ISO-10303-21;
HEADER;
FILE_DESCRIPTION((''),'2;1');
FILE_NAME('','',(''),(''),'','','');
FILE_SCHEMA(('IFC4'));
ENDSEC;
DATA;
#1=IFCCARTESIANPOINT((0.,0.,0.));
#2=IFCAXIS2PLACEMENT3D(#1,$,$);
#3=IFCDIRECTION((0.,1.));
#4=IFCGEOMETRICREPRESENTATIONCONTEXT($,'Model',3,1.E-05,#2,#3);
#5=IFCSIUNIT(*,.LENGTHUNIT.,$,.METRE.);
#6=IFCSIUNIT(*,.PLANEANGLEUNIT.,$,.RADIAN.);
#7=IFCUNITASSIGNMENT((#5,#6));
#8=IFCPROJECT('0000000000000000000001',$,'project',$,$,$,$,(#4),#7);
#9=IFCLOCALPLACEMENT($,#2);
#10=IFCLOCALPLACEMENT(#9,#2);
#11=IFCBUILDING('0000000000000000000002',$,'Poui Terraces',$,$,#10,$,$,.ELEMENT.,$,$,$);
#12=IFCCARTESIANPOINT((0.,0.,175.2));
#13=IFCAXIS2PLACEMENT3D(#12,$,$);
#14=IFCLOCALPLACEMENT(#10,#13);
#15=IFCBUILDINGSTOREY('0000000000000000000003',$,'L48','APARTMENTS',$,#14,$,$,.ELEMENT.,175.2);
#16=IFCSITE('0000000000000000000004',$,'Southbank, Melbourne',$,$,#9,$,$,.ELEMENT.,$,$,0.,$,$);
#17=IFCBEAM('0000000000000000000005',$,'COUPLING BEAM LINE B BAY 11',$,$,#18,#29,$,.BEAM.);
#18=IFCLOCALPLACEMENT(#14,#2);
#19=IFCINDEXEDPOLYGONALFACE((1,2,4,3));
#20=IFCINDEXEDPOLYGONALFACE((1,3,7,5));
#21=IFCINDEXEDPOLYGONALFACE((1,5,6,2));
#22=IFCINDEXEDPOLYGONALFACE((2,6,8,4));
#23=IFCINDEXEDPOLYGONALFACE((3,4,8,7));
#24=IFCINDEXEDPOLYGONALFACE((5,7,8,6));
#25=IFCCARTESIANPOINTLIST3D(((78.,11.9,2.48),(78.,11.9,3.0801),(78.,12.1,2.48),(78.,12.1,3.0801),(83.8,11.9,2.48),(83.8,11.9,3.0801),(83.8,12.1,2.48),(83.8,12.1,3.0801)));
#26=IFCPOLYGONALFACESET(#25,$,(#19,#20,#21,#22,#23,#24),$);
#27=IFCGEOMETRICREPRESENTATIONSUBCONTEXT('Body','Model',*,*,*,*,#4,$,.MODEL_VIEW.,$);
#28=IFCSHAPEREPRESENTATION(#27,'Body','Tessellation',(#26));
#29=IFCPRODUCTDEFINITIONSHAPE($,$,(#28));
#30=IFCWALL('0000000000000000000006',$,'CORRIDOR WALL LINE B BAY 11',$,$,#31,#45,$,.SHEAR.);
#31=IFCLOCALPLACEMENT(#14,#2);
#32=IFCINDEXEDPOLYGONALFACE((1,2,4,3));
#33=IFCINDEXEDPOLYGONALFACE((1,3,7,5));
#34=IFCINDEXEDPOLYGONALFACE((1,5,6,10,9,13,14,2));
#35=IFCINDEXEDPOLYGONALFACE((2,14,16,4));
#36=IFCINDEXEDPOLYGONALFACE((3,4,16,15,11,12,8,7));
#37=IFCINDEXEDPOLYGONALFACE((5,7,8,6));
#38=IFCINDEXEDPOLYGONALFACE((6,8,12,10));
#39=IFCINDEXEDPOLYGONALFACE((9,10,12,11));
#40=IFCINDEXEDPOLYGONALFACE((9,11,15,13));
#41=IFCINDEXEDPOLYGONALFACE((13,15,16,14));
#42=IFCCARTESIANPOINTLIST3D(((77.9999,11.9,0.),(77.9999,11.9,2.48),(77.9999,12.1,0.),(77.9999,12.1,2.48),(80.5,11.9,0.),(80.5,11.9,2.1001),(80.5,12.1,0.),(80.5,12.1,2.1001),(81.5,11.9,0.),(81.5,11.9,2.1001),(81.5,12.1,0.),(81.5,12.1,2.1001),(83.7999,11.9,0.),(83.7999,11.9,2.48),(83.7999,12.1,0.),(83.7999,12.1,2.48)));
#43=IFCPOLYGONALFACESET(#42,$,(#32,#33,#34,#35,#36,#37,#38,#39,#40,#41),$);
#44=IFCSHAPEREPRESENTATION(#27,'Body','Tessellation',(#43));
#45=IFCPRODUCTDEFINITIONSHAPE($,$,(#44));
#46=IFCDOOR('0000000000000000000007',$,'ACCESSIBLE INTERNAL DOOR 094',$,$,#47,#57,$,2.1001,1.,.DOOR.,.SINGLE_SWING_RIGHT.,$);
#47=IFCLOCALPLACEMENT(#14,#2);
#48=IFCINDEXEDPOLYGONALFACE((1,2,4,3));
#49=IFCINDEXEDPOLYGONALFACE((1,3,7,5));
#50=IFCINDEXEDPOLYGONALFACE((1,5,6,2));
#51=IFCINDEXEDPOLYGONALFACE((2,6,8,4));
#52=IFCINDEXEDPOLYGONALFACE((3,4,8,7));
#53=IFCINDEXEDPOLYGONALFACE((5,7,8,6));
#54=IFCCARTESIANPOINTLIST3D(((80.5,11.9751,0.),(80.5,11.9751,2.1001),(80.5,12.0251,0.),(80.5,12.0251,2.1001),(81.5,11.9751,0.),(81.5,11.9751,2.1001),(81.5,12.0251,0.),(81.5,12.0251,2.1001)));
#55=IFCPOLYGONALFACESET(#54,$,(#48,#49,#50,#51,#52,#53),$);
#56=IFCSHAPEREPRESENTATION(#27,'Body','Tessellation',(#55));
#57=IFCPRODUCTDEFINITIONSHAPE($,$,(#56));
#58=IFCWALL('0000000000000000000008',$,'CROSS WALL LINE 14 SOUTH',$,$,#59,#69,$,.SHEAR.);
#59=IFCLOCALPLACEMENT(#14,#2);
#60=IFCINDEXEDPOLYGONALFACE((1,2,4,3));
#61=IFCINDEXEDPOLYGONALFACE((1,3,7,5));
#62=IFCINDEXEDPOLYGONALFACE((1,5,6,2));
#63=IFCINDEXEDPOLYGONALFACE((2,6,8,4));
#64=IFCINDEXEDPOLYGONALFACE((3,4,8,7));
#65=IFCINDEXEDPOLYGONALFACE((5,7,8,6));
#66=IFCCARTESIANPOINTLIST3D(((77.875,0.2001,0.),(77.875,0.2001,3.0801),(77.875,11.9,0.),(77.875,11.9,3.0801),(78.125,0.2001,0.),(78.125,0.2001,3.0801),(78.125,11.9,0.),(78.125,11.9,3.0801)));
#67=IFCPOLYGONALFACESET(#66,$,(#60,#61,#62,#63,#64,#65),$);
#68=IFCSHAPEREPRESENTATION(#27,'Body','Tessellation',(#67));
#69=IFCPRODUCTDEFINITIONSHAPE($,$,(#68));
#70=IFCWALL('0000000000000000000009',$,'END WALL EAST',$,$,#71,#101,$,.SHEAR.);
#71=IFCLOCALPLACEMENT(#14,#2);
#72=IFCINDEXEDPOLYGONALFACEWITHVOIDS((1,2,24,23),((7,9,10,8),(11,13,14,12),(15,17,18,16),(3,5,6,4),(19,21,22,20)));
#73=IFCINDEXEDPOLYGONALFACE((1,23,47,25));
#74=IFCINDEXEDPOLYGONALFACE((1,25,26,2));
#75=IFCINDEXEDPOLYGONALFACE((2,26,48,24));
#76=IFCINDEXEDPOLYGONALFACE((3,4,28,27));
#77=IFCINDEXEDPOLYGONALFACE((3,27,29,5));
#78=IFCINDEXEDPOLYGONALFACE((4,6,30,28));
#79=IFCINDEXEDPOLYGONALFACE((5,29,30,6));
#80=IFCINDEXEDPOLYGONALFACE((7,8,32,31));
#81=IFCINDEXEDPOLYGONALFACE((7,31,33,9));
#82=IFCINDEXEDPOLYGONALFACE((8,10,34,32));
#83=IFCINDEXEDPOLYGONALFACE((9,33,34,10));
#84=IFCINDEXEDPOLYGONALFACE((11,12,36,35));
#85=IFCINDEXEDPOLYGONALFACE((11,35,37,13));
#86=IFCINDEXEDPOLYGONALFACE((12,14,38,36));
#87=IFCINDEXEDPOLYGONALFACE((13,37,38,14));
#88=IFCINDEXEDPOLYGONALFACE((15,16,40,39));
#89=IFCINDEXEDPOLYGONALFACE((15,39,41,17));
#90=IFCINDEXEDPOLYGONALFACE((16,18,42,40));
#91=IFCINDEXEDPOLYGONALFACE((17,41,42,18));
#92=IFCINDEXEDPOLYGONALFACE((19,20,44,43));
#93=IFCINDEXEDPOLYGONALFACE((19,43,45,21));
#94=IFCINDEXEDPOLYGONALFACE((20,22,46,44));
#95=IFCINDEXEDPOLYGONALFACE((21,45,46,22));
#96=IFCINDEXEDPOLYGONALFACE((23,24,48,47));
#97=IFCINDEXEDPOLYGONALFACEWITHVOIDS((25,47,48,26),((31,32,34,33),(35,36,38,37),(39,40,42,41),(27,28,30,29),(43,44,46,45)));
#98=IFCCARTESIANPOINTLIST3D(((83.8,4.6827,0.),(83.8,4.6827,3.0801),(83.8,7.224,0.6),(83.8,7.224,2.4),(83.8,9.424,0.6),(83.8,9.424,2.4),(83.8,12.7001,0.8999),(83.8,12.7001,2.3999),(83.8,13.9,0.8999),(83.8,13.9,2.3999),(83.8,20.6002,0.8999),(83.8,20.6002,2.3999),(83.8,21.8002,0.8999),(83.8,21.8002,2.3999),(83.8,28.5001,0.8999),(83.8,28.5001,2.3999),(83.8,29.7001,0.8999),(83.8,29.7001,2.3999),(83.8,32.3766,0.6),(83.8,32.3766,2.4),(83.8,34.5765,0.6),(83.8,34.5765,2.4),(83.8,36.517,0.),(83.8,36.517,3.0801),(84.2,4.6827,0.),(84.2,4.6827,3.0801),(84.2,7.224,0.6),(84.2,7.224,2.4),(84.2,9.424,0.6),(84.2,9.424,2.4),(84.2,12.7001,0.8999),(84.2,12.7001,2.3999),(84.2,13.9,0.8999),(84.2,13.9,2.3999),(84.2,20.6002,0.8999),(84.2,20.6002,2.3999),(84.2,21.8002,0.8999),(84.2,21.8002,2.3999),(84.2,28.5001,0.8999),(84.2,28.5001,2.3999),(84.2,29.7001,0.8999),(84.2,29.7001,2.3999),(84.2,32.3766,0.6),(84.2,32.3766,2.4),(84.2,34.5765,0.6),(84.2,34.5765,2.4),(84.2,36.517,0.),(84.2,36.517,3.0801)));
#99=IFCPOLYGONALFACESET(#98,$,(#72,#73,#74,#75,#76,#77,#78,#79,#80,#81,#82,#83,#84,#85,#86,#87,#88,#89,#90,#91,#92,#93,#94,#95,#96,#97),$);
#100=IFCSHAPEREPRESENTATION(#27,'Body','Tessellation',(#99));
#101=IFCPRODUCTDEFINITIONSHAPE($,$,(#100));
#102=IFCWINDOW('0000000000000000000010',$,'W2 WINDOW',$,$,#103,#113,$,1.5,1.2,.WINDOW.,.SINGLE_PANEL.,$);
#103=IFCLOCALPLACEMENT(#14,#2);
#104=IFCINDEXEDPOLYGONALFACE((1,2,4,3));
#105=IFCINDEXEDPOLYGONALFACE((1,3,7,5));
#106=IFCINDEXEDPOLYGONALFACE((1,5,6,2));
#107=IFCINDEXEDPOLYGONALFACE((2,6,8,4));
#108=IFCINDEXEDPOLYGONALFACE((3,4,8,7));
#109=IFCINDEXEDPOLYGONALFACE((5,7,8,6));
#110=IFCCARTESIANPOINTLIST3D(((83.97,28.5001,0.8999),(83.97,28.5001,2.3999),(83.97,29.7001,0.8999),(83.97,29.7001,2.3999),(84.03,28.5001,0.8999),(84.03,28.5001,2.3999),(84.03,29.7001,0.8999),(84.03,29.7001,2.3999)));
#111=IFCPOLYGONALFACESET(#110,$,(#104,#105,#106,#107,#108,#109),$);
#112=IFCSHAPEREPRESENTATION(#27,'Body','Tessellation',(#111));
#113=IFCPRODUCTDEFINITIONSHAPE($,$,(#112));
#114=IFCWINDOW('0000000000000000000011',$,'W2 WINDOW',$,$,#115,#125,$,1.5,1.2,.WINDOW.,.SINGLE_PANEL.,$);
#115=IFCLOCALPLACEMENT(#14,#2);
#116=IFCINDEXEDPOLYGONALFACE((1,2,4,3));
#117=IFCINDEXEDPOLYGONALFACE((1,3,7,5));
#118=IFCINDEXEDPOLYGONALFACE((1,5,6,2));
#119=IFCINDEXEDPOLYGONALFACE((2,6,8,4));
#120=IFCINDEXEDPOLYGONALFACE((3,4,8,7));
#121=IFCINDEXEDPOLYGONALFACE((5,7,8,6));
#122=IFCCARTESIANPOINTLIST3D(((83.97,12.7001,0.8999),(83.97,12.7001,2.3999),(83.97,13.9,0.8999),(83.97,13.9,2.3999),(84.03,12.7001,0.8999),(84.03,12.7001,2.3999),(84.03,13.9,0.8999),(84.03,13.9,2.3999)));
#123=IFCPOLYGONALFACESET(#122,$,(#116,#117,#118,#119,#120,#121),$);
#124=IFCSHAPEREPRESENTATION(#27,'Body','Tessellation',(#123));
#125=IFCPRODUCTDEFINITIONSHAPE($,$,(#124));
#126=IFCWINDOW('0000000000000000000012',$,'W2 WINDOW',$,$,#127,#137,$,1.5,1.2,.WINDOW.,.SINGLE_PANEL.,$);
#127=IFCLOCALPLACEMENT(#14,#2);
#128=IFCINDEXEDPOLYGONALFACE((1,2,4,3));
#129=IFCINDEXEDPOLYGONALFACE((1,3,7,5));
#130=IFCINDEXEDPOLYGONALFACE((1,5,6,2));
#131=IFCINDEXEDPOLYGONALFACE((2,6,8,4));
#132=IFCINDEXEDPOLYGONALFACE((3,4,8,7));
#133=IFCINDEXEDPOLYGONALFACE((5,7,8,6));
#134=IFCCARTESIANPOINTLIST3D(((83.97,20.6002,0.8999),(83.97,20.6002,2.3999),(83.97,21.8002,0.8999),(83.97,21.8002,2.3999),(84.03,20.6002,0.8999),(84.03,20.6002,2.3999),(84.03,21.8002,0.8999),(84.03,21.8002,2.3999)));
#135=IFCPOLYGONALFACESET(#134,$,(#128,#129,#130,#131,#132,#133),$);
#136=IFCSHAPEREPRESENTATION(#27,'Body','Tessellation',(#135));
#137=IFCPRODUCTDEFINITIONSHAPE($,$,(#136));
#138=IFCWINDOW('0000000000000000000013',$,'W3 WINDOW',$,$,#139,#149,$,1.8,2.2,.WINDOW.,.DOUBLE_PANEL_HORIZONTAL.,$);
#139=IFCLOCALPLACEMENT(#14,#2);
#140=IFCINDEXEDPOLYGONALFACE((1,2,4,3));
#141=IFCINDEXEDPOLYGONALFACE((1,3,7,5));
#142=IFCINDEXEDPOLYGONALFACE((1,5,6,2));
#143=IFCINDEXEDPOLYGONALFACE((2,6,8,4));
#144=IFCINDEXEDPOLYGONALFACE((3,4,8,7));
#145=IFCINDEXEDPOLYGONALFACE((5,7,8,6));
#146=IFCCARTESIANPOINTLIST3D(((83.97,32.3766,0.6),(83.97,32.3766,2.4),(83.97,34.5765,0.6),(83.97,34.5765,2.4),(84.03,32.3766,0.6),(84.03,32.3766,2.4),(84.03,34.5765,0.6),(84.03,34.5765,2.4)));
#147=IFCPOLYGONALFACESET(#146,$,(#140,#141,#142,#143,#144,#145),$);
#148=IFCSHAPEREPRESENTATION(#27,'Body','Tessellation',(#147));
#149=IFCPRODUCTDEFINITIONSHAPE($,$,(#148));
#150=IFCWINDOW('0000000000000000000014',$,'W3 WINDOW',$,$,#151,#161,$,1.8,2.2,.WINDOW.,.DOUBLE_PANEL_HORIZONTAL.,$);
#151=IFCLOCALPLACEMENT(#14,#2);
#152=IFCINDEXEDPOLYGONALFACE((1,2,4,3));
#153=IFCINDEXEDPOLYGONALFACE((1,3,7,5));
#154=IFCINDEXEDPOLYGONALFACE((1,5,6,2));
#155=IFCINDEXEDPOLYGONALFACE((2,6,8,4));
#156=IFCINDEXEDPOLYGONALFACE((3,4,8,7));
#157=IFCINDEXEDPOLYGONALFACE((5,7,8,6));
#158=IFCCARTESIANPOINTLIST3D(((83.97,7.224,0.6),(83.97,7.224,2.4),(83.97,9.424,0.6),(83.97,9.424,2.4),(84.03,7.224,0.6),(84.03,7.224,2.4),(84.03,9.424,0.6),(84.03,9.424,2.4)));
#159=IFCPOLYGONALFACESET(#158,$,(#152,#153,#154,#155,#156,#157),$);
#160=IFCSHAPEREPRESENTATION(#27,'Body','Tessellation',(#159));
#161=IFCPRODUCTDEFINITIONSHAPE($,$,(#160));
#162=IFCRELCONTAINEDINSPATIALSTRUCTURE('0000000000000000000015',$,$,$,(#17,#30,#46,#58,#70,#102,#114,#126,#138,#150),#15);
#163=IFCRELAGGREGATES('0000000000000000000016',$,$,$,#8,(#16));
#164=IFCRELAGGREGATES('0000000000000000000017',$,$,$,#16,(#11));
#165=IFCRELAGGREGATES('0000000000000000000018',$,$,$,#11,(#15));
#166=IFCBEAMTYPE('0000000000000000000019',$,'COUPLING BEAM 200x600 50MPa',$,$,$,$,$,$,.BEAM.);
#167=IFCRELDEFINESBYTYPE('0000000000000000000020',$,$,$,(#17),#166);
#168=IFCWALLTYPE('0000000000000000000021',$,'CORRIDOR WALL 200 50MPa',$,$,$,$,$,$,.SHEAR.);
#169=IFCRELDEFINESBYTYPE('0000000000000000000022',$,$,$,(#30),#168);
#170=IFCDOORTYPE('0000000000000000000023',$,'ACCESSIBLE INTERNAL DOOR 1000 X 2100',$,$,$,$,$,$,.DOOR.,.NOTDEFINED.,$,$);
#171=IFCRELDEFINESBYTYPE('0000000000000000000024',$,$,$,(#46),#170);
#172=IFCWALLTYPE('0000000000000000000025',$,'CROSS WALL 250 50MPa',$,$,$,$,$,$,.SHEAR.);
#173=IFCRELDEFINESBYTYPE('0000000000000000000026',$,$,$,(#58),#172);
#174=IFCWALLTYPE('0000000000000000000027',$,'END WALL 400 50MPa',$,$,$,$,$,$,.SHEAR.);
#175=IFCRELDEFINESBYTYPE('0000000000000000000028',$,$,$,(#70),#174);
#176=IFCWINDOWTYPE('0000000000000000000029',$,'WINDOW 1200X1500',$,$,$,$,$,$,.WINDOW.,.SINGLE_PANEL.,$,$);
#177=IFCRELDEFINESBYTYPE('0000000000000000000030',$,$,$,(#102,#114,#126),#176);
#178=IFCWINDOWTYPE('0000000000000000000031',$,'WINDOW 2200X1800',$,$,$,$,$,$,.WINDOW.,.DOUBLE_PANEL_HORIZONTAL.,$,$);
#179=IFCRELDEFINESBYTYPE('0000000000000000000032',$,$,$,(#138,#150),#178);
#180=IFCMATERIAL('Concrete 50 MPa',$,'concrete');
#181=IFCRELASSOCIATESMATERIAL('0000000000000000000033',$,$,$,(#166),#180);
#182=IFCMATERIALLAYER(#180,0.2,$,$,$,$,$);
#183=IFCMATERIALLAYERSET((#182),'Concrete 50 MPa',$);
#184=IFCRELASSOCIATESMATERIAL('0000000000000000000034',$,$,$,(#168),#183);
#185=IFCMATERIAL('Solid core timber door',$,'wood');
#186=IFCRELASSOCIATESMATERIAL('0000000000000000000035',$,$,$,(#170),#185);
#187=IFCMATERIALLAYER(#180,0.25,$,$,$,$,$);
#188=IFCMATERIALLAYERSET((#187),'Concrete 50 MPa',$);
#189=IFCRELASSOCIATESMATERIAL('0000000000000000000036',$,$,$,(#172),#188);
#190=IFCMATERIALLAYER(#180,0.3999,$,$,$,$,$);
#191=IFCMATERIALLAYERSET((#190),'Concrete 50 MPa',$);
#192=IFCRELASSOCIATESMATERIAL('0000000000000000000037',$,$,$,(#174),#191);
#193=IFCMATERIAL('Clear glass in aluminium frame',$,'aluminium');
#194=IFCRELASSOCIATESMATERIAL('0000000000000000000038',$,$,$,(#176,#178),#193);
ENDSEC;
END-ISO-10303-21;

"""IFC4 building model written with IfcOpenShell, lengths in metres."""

from ifc_helpers import new_model, si_unit, direction, frame, frame_2d, origin, origin_2d, place, context, subcontext, project, spatial, rectangle, extrude, source, transform, mapped, material, layer, layer_set, material_profile, profile_set, type_object, element, fill, save


model = new_model("IFC4")

# Units and contexts
model_context = context("Model", 3, precision=1e-05, world=origin(), true_north=direction((0.0, 1.0)))
body_context = subcontext(model_context, "Body", "Model", "MODEL_VIEW")
ifc_project = project(units=[si_unit("LENGTHUNIT", "METRE"), si_unit("PLANEANGLEUNIT", "RADIAN")], contexts=[model_context])

# Site, building, storey
site_placement = place(None, origin())
site = spatial("IfcSite", under=ifc_project, at=site_placement, Name="Southbank, Melbourne", CompositionType="ELEMENT", RefElevation=0.0)
building_placement = place(site_placement, origin())
building = spatial("IfcBuilding", under=site, at=building_placement, Name="Poui Terraces", CompositionType="ELEMENT")
storey_placement = place(building_placement, frame((0.0, 0.0, 175.2)))
storey = spatial("IfcBuildingStorey", under=building, at=storey_placement, Name="L48", Description="APARTMENTS", CompositionType="ELEMENT", Elevation=175.2)

# Beam
ifc_material_1 = material(Name="Concrete 50 MPa", Category="concrete")
ifc_material_profile_1 = material_profile(ifc_material_1, rectangle(XDim=0.2, YDim=0.6001, at=origin_2d()), Name="RC 200x600")
ifc_profile_set_1 = profile_set([ifc_material_profile_1], Name="Concrete 50 MPa")
beam_type = type_object("IfcBeamType", Name="COUPLING BEAM 200x600 50MPa", PredefinedType="BEAM", material=ifc_profile_set_1)
shared_shape_1 = source(origin(), body_context, "Body", "SweptSolid", [
    extrude(rectangle(XDim=0.2, YDim=0.6001, at=origin_2d()), origin(), (0.0, 0.0, 1.0), 5.8),
])
beam_placement = place(storey_placement, frame((78.0, 12.0, 2.78), z_axis=(1.0, 0.0, 0.0), x_axis=(0.0, 1.0, 0.0)))
element("IfcBeam", 1, at=beam_placement, inside=storey, type_object=beam_type, Name="COUPLING BEAM LINE B BAY 11", PredefinedType="BEAM", context=body_context, shape_type="MappedRepresentation", body=[
    mapped(shared_shape_1, transform((0.0, 0.0, 0.0))),
])

# Wall, opening, door
ifc_layer_1 = layer(ifc_material_1, 0.2)
ifc_layer_set_1 = layer_set([ifc_layer_1], Name="Concrete 50 MPa")
wall_type_1 = type_object("IfcWallType", Name="CORRIDOR WALL 200 50MPa", PredefinedType="SHEAR", material=ifc_layer_set_1)
wall_1_placement = place(storey_placement, frame((78.0, 12.0, 0.0), z_axis=(0.0, 0.0, 1.0), x_axis=(1.0, 0.0, 0.0)))
wall_1 = element("IfcWall", 2, at=wall_1_placement, inside=storey, type_object=wall_type_1, Name="CORRIDOR WALL LINE B BAY 11", PredefinedType="SHEAR", context=body_context, shape_type="SweptSolid", body=[
    extrude(rectangle(XDim=5.8, YDim=0.2, at=frame_2d((2.8999, 0.0))), origin(), (0.0, 0.0, 1.0), 2.48),
])
opening_1_placement = place(wall_1_placement, frame((2.5, 0.0, 0.0)))
opening_1 = element("IfcOpeningElement", 3, at=opening_1_placement, cuts=wall_1, PredefinedType="OPENING", context=body_context, shape_type="SweptSolid", body=[
    extrude(rectangle(XDim=1.0, YDim=2.1001, at=frame_2d((0.5, 1.05))), frame((0.0, 0.1099, 0.0), z_axis=(0.0, -1.0, 0.0), x_axis=(1.0, 0.0, 0.0)), (0.0, 0.0, 1.0), 0.22),
])
ifc_material_2 = material(Name="Solid core timber door", Category="wood")
door_type_1 = type_object("IfcDoorType", Name="ACCESSIBLE INTERNAL DOOR 1000 X 2100", OperationType="NOTDEFINED", PredefinedType="DOOR", material=ifc_material_2)
door_1_placement = place(opening_1_placement, frame((1.0, 0.0, 0.0), z_axis=(0.0, 0.0, 1.0), x_axis=(-1.0, 0.0, 0.0)))
door_1 = element("IfcDoor", 4, at=door_1_placement, inside=storey, type_object=door_type_1, Name="ACCESSIBLE INTERNAL DOOR 094", OperationType="SINGLE_SWING_RIGHT", OverallHeight=2.1001, OverallWidth=1.0, PredefinedType="DOOR", context=body_context, shape_type="SweptSolid", body=[
    extrude(rectangle(XDim=1.0, YDim=2.1001, at=frame_2d((0.5, 1.05))), frame((0.0, 0.0249, 0.0), z_axis=(0.0, -1.0, 0.0), x_axis=(1.0, 0.0, 0.0)), (0.0, 0.0, 1.0), 0.05),
])
fill(opening_1, door_1)

# Wall
ifc_layer_2 = layer(ifc_material_1, 0.25)
ifc_layer_set_2 = layer_set([ifc_layer_2], Name="Concrete 50 MPa")
wall_type_2 = type_object("IfcWallType", Name="CROSS WALL 250 50MPa", PredefinedType="SHEAR", material=ifc_layer_set_2)
wall_2_placement = place(storey_placement, frame((78.0, 0.2, 0.0), z_axis=(0.0, 0.0, 1.0), x_axis=(0.0, 1.0, 0.0)))
element("IfcWall", 5, at=wall_2_placement, inside=storey, type_object=wall_type_2, Name="CROSS WALL LINE 14 SOUTH", PredefinedType="SHEAR", context=body_context, shape_type="SweptSolid", body=[
    extrude(rectangle(XDim=11.7, YDim=0.25, at=frame_2d((5.8501, 0.0))), origin(), (0.0, 0.0, 1.0), 3.0801),
])

# Wall, openings, windows
ifc_layer_3 = layer(ifc_material_1, 0.3999)
ifc_layer_set_3 = layer_set([ifc_layer_3], Name="Concrete 50 MPa")
wall_type_3 = type_object("IfcWallType", Name="END WALL 400 50MPa", PredefinedType="SHEAR", material=ifc_layer_set_3)
wall_3_placement = place(storey_placement, frame((84.0, 4.6829, 0.0), z_axis=(0.0, 0.0, 1.0), x_axis=(0.0, 1.0, 0.0)))
wall_3 = element("IfcWall", 6, at=wall_3_placement, inside=storey, type_object=wall_type_3, Name="END WALL EAST", PredefinedType="SHEAR", context=body_context, shape_type="SweptSolid", body=[
    extrude(rectangle(XDim=31.8342, YDim=0.3999, at=frame_2d((15.917, 0.0))), origin(), (0.0, 0.0, 1.0), 3.0801),
])
opening_2_placement = place(wall_3_placement, frame((23.8171, 0.0, 0.8999)))
opening_2 = element("IfcOpeningElement", 7, at=opening_2_placement, cuts=wall_3, PredefinedType="OPENING", context=body_context, shape_type="SweptSolid", body=[
    extrude(rectangle(XDim=1.2, YDim=1.5, at=frame_2d((0.6001, 0.75))), frame((0.0, 0.21, 0.0), z_axis=(0.0, -1.0, 0.0), x_axis=(1.0, 0.0, 0.0)), (0.0, 0.0, 1.0), 0.4199),
])
opening_3_placement = place(wall_3_placement, frame((8.0171, 0.0, 0.8999)))
opening_3 = element("IfcOpeningElement", 8, at=opening_3_placement, cuts=wall_3, PredefinedType="OPENING", context=body_context, shape_type="SweptSolid", body=[
    extrude(rectangle(XDim=1.2, YDim=1.5, at=frame_2d((0.6001, 0.75))), frame((0.0, 0.21, 0.0), z_axis=(0.0, -1.0, 0.0), x_axis=(1.0, 0.0, 0.0)), (0.0, 0.0, 1.0), 0.4199),
])
opening_4_placement = place(wall_3_placement, frame((27.6936, 0.0, 0.6001)))
opening_4 = element("IfcOpeningElement", 9, at=opening_4_placement, cuts=wall_3, PredefinedType="OPENING", context=body_context, shape_type="SweptSolid", body=[
    extrude(rectangle(XDim=2.2, YDim=1.8, at=frame_2d((1.1001, 0.8999))), frame((0.0, 0.21, 0.0), z_axis=(0.0, -1.0, 0.0), x_axis=(1.0, 0.0, 0.0)), (0.0, 0.0, 1.0), 0.4199),
])
opening_5_placement = place(wall_3_placement, frame((2.541, 0.0, 0.6001)))
opening_5 = element("IfcOpeningElement", 10, at=opening_5_placement, cuts=wall_3, PredefinedType="OPENING", context=body_context, shape_type="SweptSolid", body=[
    extrude(rectangle(XDim=2.2, YDim=1.8, at=frame_2d((1.1001, 0.8999))), frame((0.0, 0.21, 0.0), z_axis=(0.0, -1.0, 0.0), x_axis=(1.0, 0.0, 0.0)), (0.0, 0.0, 1.0), 0.4199),
])
opening_6_placement = place(wall_3_placement, frame((15.9172, 0.0, 0.8999)))
opening_6 = element("IfcOpeningElement", 11, at=opening_6_placement, cuts=wall_3, PredefinedType="OPENING", context=body_context, shape_type="SweptSolid", body=[
    extrude(rectangle(XDim=1.2, YDim=1.5, at=frame_2d((0.6001, 0.75))), frame((0.0, 0.21, 0.0), z_axis=(0.0, -1.0, 0.0), x_axis=(1.0, 0.0, 0.0)), (0.0, 0.0, 1.0), 0.4199),
])
ifc_material_3 = material(Name="Clear glass in aluminium frame", Category="aluminium")
window_type_1 = type_object("IfcWindowType", Name="WINDOW 1200X1500", PartitioningType="SINGLE_PANEL", PredefinedType="WINDOW", material=ifc_material_3)
window_1_placement = place(opening_2_placement, origin())
window_1 = element("IfcWindow", 12, at=window_1_placement, inside=storey, type_object=window_type_1, Name="W2 WINDOW", OverallHeight=1.5, OverallWidth=1.2, PartitioningType="SINGLE_PANEL", PredefinedType="WINDOW", context=body_context, shape_type="SweptSolid", body=[
    extrude(rectangle(XDim=1.2, YDim=1.5, at=frame_2d((0.6001, 0.75))), frame((0.0, 0.03, 0.0), z_axis=(0.0, -1.0, 0.0), x_axis=(1.0, 0.0, 0.0)), (0.0, 0.0, 1.0), 0.0601),
])
fill(opening_2, window_1)
window_2_placement = place(opening_3_placement, origin())
window_2 = element("IfcWindow", 13, at=window_2_placement, inside=storey, type_object=window_type_1, Name="W2 WINDOW", OverallHeight=1.5, OverallWidth=1.2, PartitioningType="SINGLE_PANEL", PredefinedType="WINDOW", context=body_context, shape_type="SweptSolid", body=[
    extrude(rectangle(XDim=1.2, YDim=1.5, at=frame_2d((0.6001, 0.75))), frame((0.0, 0.03, 0.0), z_axis=(0.0, -1.0, 0.0), x_axis=(1.0, 0.0, 0.0)), (0.0, 0.0, 1.0), 0.0601),
])
fill(opening_3, window_2)
window_3_placement = place(opening_6_placement, origin())
window_3 = element("IfcWindow", 14, at=window_3_placement, inside=storey, type_object=window_type_1, Name="W2 WINDOW", OverallHeight=1.5, OverallWidth=1.2, PartitioningType="SINGLE_PANEL", PredefinedType="WINDOW", context=body_context, shape_type="SweptSolid", body=[
    extrude(rectangle(XDim=1.2, YDim=1.5, at=frame_2d((0.6001, 0.75))), frame((0.0, 0.03, 0.0), z_axis=(0.0, -1.0, 0.0), x_axis=(1.0, 0.0, 0.0)), (0.0, 0.0, 1.0), 0.0601),
])
fill(opening_6, window_3)
window_type_2 = type_object("IfcWindowType", Name="WINDOW 2200X1800", PartitioningType="DOUBLE_PANEL_HORIZONTAL", PredefinedType="WINDOW", material=ifc_material_3)
window_4_placement = place(opening_4_placement, origin())
window_4 = element("IfcWindow", 15, at=window_4_placement, inside=storey, type_object=window_type_2, Name="W3 WINDOW", OverallHeight=1.8, OverallWidth=2.2, PartitioningType="DOUBLE_PANEL_HORIZONTAL", PredefinedType="WINDOW", context=body_context, shape_type="SweptSolid", body=[
    extrude(rectangle(XDim=2.2, YDim=1.8, at=frame_2d((1.1001, 0.8999))), frame((0.0, 0.03, 0.0), z_axis=(0.0, -1.0, 0.0), x_axis=(1.0, 0.0, 0.0)), (0.0, 0.0, 1.0), 0.0601),
])
fill(opening_4, window_4)
window_5_placement = place(opening_5_placement, origin())
window_5 = element("IfcWindow", 16, at=window_5_placement, inside=storey, type_object=window_type_2, Name="W3 WINDOW", OverallHeight=1.8, OverallWidth=2.2, PartitioningType="DOUBLE_PANEL_HORIZONTAL", PredefinedType="WINDOW", context=body_context, shape_type="SweptSolid", body=[
    extrude(rectangle(XDim=2.2, YDim=1.8, at=frame_2d((1.1001, 0.8999))), frame((0.0, 0.03, 0.0), z_axis=(0.0, -1.0, 0.0), x_axis=(1.0, 0.0, 0.0)), (0.0, 0.0, 1.0), 0.0601),
])
fill(opening_5, window_5)

save(model, "model.ifc")
